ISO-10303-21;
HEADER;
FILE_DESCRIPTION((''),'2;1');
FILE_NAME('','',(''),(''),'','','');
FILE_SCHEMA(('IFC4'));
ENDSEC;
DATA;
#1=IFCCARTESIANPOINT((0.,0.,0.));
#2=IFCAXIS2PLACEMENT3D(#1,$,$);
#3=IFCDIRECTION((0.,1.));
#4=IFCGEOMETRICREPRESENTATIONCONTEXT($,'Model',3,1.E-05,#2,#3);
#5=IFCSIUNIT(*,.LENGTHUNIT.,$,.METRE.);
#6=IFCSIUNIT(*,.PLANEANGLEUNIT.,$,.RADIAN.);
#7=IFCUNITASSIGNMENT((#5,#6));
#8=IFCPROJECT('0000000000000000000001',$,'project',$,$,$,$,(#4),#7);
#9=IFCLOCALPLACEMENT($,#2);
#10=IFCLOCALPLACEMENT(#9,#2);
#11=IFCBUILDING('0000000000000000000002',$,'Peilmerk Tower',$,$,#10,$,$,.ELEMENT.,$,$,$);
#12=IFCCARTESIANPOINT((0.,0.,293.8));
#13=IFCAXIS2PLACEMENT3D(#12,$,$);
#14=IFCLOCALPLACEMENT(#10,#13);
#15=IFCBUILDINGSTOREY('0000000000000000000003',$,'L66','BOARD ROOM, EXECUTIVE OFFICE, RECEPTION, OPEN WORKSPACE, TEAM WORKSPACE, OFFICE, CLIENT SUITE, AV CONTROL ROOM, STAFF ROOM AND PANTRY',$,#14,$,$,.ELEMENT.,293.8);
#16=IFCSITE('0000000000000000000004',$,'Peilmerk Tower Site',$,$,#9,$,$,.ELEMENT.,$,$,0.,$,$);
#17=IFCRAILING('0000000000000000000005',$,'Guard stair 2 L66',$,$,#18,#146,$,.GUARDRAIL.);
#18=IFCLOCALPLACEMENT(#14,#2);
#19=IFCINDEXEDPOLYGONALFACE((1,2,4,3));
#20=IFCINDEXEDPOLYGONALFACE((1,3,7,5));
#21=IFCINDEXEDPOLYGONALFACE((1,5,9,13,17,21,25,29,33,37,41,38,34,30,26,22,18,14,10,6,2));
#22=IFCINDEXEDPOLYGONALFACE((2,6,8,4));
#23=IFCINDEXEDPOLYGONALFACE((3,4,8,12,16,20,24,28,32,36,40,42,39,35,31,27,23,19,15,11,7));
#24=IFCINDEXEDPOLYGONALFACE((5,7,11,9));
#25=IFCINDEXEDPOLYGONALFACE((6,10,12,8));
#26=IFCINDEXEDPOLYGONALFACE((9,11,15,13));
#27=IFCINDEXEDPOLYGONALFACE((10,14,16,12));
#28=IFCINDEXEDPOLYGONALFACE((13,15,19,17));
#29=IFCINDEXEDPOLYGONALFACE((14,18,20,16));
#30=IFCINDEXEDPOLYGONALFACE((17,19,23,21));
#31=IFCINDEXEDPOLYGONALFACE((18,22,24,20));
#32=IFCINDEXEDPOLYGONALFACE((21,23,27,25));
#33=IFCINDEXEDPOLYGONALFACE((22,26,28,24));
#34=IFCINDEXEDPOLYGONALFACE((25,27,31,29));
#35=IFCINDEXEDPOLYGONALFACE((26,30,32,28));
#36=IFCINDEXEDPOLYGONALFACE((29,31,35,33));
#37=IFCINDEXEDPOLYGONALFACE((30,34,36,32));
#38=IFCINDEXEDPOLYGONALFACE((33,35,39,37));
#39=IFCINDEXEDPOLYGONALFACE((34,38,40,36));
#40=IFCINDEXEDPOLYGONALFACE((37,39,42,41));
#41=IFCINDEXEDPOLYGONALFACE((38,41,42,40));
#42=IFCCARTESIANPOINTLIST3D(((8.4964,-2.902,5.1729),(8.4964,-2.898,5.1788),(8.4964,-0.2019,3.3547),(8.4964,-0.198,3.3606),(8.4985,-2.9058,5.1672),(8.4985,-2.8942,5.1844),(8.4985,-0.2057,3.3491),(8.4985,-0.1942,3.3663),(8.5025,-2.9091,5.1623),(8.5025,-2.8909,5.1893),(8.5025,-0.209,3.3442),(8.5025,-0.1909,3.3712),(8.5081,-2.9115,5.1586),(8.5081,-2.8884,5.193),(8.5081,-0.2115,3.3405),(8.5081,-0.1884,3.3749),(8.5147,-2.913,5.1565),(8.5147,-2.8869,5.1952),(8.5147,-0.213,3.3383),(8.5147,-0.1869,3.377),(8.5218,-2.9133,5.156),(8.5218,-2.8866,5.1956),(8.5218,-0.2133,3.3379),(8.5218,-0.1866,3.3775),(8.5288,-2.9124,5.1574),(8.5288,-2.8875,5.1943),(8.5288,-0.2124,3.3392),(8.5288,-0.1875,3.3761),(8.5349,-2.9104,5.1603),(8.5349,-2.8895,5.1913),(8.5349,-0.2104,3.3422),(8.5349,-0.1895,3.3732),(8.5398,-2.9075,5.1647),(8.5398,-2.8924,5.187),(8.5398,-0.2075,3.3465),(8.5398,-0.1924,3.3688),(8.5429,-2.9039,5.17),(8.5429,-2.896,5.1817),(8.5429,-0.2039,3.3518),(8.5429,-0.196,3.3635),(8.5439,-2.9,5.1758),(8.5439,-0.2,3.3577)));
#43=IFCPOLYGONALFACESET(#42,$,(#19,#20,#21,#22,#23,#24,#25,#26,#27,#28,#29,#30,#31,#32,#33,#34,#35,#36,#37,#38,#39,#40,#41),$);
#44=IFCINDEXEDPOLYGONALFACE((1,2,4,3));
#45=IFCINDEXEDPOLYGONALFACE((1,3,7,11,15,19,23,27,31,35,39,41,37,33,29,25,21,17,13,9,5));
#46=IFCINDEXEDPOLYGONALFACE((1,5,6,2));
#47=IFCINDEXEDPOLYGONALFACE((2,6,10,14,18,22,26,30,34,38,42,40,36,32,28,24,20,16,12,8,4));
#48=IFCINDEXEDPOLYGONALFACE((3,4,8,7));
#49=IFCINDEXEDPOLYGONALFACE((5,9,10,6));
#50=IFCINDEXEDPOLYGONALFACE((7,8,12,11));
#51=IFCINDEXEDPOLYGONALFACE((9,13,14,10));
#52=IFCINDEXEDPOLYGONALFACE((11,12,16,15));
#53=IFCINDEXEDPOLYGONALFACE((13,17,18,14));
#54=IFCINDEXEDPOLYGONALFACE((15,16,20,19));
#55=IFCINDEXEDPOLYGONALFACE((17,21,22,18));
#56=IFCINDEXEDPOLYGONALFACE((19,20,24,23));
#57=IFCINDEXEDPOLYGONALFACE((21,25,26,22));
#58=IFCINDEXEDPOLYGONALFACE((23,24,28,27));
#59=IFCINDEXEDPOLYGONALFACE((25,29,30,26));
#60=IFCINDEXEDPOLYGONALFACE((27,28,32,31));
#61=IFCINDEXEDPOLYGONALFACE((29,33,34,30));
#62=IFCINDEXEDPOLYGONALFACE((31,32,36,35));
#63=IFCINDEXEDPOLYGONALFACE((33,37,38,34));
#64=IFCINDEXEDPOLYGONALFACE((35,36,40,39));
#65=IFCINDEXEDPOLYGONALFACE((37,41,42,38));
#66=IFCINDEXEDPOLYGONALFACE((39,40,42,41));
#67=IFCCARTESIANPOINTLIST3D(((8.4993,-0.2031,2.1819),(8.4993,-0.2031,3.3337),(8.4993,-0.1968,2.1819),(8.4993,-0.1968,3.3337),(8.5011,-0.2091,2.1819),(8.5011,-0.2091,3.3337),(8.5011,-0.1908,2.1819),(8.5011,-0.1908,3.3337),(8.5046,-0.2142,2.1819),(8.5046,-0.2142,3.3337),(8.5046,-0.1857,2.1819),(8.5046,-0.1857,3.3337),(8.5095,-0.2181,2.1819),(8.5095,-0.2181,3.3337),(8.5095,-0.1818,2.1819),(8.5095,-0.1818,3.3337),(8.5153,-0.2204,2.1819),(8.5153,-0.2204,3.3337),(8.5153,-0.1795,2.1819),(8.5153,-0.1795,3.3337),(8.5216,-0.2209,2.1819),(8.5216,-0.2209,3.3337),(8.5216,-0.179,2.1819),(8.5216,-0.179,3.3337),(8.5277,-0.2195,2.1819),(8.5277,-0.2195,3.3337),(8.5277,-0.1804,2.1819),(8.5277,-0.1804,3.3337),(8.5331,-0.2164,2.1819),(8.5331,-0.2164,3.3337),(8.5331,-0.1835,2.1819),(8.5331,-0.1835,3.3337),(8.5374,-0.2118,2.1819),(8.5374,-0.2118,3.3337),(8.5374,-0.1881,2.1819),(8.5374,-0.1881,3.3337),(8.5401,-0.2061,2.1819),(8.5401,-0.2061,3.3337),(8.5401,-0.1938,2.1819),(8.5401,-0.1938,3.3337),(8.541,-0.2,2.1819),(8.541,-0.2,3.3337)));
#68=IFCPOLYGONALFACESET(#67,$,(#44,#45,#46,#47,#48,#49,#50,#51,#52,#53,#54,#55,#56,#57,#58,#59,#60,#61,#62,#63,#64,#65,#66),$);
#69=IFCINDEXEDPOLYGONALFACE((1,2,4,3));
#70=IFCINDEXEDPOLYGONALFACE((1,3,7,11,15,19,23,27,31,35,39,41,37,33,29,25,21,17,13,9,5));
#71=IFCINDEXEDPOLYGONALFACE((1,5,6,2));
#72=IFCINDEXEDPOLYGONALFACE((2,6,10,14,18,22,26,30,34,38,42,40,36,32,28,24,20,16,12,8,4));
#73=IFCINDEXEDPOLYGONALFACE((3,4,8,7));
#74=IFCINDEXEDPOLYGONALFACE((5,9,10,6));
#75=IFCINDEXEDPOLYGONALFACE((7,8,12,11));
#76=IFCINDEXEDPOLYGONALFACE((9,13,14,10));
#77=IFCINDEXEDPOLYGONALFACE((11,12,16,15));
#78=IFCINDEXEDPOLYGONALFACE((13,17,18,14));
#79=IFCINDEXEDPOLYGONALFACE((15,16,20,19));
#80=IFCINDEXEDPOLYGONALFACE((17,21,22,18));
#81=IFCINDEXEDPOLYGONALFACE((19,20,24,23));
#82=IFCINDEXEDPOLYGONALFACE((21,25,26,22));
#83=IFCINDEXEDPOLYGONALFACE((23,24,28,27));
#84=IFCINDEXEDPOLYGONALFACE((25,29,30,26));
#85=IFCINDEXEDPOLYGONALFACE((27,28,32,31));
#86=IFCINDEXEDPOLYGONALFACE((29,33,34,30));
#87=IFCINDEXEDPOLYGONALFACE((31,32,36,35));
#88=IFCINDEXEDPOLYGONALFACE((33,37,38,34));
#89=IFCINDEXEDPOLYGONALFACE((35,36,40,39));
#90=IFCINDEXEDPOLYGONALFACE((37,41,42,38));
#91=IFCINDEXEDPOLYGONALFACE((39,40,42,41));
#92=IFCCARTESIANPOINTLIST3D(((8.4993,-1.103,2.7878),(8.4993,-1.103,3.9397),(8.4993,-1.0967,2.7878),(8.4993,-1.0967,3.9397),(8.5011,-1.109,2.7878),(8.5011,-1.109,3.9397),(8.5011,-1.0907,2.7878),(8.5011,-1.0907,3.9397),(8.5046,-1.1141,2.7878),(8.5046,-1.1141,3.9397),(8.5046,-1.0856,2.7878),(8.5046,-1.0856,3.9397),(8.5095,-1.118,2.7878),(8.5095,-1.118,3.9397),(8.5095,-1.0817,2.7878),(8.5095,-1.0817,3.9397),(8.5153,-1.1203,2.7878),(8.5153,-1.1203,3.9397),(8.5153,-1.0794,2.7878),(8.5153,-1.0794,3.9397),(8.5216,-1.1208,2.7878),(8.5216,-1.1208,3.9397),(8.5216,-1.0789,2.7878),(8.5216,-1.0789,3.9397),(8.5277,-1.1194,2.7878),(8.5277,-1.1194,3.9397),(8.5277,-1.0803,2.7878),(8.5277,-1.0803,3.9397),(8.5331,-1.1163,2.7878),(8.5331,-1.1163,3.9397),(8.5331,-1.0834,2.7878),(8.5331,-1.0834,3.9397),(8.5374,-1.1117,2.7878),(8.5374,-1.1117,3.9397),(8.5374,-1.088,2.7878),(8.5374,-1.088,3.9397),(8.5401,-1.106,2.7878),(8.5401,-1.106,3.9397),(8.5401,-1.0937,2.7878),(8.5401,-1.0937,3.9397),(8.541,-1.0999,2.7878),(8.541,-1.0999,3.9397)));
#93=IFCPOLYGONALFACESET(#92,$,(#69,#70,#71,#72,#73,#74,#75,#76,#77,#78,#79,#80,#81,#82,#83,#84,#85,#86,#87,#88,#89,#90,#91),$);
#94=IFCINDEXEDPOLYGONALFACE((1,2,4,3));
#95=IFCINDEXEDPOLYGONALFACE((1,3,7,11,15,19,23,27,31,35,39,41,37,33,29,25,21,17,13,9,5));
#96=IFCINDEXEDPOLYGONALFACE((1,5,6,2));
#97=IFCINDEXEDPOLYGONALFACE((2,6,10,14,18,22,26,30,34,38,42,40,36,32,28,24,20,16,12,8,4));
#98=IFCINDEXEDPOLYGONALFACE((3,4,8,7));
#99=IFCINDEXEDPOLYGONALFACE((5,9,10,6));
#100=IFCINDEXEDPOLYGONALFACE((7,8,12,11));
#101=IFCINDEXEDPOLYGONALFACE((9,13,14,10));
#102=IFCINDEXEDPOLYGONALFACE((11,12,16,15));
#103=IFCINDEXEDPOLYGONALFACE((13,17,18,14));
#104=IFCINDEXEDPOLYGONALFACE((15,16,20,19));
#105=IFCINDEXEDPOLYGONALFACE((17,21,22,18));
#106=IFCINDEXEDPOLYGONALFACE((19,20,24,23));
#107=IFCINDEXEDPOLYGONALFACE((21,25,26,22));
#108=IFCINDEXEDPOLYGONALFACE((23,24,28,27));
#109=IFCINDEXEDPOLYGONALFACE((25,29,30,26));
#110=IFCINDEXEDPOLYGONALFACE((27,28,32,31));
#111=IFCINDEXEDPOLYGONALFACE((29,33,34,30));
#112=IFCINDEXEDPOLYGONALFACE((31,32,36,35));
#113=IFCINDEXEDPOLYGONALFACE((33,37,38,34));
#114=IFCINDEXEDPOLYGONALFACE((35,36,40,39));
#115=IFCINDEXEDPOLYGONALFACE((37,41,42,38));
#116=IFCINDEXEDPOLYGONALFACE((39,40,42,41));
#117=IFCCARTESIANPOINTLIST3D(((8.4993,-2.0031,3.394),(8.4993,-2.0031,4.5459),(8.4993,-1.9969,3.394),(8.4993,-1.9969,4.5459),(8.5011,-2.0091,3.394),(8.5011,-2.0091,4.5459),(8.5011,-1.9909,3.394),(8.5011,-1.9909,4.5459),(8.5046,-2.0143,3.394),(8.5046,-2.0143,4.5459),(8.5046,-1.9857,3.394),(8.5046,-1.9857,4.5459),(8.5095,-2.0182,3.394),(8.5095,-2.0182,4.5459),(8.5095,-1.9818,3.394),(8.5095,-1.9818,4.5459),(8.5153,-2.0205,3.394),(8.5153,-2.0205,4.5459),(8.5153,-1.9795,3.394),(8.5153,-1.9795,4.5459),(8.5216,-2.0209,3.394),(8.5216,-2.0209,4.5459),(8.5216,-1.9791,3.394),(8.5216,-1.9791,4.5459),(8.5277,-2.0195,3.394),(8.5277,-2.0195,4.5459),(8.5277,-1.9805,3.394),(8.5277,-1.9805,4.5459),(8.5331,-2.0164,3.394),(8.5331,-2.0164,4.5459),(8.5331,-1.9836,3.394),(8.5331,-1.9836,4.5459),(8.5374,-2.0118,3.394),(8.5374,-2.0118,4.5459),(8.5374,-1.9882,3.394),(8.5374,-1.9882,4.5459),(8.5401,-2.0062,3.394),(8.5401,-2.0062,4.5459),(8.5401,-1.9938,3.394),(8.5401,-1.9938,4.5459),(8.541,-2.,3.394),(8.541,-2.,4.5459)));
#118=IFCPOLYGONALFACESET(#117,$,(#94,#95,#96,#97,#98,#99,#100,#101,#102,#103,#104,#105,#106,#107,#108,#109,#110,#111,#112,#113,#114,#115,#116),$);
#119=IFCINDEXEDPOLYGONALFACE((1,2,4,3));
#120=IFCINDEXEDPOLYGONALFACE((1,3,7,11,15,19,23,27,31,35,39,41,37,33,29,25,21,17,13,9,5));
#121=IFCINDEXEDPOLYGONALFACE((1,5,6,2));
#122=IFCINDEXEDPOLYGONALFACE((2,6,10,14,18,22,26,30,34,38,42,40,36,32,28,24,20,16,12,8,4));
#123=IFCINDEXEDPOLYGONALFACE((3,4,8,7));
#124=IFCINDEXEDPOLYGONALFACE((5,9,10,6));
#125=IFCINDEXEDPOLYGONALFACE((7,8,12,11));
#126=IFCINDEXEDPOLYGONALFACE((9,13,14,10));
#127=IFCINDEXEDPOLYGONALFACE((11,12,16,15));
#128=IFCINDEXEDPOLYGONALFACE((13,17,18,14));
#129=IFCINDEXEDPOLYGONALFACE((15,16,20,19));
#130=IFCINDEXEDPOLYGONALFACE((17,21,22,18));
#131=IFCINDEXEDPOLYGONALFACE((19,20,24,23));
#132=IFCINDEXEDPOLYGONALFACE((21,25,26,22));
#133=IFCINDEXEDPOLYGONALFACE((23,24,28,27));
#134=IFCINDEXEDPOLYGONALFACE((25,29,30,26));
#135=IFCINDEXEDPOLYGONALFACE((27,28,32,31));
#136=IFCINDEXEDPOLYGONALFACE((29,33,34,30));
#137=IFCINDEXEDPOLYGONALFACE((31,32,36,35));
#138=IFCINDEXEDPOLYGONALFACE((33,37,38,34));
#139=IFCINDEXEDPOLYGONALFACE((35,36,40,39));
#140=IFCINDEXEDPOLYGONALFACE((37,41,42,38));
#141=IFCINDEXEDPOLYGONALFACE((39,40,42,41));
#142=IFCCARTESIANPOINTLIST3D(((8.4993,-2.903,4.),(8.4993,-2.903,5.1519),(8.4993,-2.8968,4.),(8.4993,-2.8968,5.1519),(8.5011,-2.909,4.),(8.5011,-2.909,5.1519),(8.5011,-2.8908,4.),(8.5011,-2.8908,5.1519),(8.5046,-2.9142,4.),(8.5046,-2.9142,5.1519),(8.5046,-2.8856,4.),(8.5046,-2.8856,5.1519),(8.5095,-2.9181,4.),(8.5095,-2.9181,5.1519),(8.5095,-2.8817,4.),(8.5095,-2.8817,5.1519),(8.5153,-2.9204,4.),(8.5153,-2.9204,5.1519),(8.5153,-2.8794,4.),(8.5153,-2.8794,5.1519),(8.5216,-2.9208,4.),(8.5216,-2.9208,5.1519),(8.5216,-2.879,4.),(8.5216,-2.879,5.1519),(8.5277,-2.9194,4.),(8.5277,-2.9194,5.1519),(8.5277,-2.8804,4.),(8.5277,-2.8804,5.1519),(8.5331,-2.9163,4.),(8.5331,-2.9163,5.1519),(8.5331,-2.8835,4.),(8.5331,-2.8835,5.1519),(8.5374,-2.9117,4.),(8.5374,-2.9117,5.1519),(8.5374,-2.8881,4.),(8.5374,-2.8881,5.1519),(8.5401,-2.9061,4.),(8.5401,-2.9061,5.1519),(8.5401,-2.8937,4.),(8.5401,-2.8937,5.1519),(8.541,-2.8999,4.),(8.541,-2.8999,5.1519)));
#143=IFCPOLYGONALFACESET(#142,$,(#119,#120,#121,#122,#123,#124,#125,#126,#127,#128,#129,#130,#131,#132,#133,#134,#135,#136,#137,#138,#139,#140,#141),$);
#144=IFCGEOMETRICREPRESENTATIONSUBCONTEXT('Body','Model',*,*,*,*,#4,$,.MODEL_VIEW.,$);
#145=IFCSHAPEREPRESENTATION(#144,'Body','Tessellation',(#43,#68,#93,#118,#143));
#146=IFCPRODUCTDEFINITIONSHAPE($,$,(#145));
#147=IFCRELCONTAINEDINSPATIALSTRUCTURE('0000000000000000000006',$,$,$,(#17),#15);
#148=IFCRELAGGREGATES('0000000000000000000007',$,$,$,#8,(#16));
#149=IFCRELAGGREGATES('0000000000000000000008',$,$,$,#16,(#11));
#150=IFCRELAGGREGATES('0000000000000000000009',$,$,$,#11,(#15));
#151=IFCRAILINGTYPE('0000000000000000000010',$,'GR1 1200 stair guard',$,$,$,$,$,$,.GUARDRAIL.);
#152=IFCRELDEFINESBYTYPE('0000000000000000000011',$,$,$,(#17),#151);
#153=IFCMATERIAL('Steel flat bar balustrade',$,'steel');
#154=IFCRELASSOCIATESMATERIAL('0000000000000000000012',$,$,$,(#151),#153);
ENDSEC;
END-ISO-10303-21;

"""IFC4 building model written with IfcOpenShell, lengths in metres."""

from ifc_helpers import new_model, si_unit, direction, frame, origin, origin_2d, place, context, subcontext, project, spatial, circle, extrude, material, type_object, element, save


model = new_model("IFC4")

# Units and contexts
model_context = context("Model", 3, precision=1e-05, world=origin(), true_north=direction((0.0, 1.0)))
body_context = subcontext(model_context, "Body", "Model", "MODEL_VIEW")
ifc_project = project(units=[si_unit("LENGTHUNIT", "METRE"), si_unit("PLANEANGLEUNIT", "RADIAN")], contexts=[model_context])

# Site, building, storey
site_placement = place(None, origin())
site = spatial("IfcSite", under=ifc_project, at=site_placement, Name="Peilmerk Tower Site", CompositionType="ELEMENT", RefElevation=0.0)
building_placement = place(site_placement, origin())
building = spatial("IfcBuilding", under=site, at=building_placement, Name="Peilmerk Tower", CompositionType="ELEMENT")
storey_placement = place(building_placement, frame((0.0, 0.0, 293.8)))
storey = spatial("IfcBuildingStorey", under=building, at=storey_placement, Name="L66", Description="BOARD ROOM, EXECUTIVE OFFICE, RECEPTION, OPEN WORKSPACE, TEAM WORKSPACE, OFFICE, CLIENT SUITE, AV CONTROL ROOM, STAFF ROOM AND PANTRY", CompositionType="ELEMENT", Elevation=293.8)

# Railing
ifc_material_1 = material(Name="Steel flat bar balustrade", Category="steel")
railing_type_1 = type_object("IfcRailingType", Name="GR1 1200 stair guard", PredefinedType="GUARDRAIL", material=ifc_material_1)
railing_1_placement = place(storey_placement, frame((8.52, -0.2, 2.1819)))
element("IfcRailing", 1, at=railing_1_placement, inside=storey, type_object=railing_type_1, Name="Guard stair 2 L66", PredefinedType="GUARDRAIL", context=body_context, shape_type="SweptSolid", body=[
    extrude(circle(Radius=0.0239, at=origin_2d()), frame((0.0, 0.0, 1.1758), z_axis=(0.0, -0.829468, 0.558554), x_axis=(1.0, 0.0, 0.0)), (0.0, 0.0, 1.0), 3.2551),
    extrude(circle(Radius=0.021, at=origin_2d()), origin(), (0.0, 0.0, 1.0), 1.1519),
    extrude(circle(Radius=0.021, at=origin_2d()), frame((0.0, -0.8999, 0.606)), (0.0, 0.0, 1.0), 1.1519),
    extrude(circle(Radius=0.021, at=origin_2d()), frame((0.0, -1.8, 1.2122)), (0.0, 0.0, 1.0), 1.1519),
    extrude(circle(Radius=0.021, at=origin_2d()), frame((0.0, -2.7, 1.8181)), (0.0, 0.0, 1.0), 1.1519),
])

save(model, "model.ifc")
